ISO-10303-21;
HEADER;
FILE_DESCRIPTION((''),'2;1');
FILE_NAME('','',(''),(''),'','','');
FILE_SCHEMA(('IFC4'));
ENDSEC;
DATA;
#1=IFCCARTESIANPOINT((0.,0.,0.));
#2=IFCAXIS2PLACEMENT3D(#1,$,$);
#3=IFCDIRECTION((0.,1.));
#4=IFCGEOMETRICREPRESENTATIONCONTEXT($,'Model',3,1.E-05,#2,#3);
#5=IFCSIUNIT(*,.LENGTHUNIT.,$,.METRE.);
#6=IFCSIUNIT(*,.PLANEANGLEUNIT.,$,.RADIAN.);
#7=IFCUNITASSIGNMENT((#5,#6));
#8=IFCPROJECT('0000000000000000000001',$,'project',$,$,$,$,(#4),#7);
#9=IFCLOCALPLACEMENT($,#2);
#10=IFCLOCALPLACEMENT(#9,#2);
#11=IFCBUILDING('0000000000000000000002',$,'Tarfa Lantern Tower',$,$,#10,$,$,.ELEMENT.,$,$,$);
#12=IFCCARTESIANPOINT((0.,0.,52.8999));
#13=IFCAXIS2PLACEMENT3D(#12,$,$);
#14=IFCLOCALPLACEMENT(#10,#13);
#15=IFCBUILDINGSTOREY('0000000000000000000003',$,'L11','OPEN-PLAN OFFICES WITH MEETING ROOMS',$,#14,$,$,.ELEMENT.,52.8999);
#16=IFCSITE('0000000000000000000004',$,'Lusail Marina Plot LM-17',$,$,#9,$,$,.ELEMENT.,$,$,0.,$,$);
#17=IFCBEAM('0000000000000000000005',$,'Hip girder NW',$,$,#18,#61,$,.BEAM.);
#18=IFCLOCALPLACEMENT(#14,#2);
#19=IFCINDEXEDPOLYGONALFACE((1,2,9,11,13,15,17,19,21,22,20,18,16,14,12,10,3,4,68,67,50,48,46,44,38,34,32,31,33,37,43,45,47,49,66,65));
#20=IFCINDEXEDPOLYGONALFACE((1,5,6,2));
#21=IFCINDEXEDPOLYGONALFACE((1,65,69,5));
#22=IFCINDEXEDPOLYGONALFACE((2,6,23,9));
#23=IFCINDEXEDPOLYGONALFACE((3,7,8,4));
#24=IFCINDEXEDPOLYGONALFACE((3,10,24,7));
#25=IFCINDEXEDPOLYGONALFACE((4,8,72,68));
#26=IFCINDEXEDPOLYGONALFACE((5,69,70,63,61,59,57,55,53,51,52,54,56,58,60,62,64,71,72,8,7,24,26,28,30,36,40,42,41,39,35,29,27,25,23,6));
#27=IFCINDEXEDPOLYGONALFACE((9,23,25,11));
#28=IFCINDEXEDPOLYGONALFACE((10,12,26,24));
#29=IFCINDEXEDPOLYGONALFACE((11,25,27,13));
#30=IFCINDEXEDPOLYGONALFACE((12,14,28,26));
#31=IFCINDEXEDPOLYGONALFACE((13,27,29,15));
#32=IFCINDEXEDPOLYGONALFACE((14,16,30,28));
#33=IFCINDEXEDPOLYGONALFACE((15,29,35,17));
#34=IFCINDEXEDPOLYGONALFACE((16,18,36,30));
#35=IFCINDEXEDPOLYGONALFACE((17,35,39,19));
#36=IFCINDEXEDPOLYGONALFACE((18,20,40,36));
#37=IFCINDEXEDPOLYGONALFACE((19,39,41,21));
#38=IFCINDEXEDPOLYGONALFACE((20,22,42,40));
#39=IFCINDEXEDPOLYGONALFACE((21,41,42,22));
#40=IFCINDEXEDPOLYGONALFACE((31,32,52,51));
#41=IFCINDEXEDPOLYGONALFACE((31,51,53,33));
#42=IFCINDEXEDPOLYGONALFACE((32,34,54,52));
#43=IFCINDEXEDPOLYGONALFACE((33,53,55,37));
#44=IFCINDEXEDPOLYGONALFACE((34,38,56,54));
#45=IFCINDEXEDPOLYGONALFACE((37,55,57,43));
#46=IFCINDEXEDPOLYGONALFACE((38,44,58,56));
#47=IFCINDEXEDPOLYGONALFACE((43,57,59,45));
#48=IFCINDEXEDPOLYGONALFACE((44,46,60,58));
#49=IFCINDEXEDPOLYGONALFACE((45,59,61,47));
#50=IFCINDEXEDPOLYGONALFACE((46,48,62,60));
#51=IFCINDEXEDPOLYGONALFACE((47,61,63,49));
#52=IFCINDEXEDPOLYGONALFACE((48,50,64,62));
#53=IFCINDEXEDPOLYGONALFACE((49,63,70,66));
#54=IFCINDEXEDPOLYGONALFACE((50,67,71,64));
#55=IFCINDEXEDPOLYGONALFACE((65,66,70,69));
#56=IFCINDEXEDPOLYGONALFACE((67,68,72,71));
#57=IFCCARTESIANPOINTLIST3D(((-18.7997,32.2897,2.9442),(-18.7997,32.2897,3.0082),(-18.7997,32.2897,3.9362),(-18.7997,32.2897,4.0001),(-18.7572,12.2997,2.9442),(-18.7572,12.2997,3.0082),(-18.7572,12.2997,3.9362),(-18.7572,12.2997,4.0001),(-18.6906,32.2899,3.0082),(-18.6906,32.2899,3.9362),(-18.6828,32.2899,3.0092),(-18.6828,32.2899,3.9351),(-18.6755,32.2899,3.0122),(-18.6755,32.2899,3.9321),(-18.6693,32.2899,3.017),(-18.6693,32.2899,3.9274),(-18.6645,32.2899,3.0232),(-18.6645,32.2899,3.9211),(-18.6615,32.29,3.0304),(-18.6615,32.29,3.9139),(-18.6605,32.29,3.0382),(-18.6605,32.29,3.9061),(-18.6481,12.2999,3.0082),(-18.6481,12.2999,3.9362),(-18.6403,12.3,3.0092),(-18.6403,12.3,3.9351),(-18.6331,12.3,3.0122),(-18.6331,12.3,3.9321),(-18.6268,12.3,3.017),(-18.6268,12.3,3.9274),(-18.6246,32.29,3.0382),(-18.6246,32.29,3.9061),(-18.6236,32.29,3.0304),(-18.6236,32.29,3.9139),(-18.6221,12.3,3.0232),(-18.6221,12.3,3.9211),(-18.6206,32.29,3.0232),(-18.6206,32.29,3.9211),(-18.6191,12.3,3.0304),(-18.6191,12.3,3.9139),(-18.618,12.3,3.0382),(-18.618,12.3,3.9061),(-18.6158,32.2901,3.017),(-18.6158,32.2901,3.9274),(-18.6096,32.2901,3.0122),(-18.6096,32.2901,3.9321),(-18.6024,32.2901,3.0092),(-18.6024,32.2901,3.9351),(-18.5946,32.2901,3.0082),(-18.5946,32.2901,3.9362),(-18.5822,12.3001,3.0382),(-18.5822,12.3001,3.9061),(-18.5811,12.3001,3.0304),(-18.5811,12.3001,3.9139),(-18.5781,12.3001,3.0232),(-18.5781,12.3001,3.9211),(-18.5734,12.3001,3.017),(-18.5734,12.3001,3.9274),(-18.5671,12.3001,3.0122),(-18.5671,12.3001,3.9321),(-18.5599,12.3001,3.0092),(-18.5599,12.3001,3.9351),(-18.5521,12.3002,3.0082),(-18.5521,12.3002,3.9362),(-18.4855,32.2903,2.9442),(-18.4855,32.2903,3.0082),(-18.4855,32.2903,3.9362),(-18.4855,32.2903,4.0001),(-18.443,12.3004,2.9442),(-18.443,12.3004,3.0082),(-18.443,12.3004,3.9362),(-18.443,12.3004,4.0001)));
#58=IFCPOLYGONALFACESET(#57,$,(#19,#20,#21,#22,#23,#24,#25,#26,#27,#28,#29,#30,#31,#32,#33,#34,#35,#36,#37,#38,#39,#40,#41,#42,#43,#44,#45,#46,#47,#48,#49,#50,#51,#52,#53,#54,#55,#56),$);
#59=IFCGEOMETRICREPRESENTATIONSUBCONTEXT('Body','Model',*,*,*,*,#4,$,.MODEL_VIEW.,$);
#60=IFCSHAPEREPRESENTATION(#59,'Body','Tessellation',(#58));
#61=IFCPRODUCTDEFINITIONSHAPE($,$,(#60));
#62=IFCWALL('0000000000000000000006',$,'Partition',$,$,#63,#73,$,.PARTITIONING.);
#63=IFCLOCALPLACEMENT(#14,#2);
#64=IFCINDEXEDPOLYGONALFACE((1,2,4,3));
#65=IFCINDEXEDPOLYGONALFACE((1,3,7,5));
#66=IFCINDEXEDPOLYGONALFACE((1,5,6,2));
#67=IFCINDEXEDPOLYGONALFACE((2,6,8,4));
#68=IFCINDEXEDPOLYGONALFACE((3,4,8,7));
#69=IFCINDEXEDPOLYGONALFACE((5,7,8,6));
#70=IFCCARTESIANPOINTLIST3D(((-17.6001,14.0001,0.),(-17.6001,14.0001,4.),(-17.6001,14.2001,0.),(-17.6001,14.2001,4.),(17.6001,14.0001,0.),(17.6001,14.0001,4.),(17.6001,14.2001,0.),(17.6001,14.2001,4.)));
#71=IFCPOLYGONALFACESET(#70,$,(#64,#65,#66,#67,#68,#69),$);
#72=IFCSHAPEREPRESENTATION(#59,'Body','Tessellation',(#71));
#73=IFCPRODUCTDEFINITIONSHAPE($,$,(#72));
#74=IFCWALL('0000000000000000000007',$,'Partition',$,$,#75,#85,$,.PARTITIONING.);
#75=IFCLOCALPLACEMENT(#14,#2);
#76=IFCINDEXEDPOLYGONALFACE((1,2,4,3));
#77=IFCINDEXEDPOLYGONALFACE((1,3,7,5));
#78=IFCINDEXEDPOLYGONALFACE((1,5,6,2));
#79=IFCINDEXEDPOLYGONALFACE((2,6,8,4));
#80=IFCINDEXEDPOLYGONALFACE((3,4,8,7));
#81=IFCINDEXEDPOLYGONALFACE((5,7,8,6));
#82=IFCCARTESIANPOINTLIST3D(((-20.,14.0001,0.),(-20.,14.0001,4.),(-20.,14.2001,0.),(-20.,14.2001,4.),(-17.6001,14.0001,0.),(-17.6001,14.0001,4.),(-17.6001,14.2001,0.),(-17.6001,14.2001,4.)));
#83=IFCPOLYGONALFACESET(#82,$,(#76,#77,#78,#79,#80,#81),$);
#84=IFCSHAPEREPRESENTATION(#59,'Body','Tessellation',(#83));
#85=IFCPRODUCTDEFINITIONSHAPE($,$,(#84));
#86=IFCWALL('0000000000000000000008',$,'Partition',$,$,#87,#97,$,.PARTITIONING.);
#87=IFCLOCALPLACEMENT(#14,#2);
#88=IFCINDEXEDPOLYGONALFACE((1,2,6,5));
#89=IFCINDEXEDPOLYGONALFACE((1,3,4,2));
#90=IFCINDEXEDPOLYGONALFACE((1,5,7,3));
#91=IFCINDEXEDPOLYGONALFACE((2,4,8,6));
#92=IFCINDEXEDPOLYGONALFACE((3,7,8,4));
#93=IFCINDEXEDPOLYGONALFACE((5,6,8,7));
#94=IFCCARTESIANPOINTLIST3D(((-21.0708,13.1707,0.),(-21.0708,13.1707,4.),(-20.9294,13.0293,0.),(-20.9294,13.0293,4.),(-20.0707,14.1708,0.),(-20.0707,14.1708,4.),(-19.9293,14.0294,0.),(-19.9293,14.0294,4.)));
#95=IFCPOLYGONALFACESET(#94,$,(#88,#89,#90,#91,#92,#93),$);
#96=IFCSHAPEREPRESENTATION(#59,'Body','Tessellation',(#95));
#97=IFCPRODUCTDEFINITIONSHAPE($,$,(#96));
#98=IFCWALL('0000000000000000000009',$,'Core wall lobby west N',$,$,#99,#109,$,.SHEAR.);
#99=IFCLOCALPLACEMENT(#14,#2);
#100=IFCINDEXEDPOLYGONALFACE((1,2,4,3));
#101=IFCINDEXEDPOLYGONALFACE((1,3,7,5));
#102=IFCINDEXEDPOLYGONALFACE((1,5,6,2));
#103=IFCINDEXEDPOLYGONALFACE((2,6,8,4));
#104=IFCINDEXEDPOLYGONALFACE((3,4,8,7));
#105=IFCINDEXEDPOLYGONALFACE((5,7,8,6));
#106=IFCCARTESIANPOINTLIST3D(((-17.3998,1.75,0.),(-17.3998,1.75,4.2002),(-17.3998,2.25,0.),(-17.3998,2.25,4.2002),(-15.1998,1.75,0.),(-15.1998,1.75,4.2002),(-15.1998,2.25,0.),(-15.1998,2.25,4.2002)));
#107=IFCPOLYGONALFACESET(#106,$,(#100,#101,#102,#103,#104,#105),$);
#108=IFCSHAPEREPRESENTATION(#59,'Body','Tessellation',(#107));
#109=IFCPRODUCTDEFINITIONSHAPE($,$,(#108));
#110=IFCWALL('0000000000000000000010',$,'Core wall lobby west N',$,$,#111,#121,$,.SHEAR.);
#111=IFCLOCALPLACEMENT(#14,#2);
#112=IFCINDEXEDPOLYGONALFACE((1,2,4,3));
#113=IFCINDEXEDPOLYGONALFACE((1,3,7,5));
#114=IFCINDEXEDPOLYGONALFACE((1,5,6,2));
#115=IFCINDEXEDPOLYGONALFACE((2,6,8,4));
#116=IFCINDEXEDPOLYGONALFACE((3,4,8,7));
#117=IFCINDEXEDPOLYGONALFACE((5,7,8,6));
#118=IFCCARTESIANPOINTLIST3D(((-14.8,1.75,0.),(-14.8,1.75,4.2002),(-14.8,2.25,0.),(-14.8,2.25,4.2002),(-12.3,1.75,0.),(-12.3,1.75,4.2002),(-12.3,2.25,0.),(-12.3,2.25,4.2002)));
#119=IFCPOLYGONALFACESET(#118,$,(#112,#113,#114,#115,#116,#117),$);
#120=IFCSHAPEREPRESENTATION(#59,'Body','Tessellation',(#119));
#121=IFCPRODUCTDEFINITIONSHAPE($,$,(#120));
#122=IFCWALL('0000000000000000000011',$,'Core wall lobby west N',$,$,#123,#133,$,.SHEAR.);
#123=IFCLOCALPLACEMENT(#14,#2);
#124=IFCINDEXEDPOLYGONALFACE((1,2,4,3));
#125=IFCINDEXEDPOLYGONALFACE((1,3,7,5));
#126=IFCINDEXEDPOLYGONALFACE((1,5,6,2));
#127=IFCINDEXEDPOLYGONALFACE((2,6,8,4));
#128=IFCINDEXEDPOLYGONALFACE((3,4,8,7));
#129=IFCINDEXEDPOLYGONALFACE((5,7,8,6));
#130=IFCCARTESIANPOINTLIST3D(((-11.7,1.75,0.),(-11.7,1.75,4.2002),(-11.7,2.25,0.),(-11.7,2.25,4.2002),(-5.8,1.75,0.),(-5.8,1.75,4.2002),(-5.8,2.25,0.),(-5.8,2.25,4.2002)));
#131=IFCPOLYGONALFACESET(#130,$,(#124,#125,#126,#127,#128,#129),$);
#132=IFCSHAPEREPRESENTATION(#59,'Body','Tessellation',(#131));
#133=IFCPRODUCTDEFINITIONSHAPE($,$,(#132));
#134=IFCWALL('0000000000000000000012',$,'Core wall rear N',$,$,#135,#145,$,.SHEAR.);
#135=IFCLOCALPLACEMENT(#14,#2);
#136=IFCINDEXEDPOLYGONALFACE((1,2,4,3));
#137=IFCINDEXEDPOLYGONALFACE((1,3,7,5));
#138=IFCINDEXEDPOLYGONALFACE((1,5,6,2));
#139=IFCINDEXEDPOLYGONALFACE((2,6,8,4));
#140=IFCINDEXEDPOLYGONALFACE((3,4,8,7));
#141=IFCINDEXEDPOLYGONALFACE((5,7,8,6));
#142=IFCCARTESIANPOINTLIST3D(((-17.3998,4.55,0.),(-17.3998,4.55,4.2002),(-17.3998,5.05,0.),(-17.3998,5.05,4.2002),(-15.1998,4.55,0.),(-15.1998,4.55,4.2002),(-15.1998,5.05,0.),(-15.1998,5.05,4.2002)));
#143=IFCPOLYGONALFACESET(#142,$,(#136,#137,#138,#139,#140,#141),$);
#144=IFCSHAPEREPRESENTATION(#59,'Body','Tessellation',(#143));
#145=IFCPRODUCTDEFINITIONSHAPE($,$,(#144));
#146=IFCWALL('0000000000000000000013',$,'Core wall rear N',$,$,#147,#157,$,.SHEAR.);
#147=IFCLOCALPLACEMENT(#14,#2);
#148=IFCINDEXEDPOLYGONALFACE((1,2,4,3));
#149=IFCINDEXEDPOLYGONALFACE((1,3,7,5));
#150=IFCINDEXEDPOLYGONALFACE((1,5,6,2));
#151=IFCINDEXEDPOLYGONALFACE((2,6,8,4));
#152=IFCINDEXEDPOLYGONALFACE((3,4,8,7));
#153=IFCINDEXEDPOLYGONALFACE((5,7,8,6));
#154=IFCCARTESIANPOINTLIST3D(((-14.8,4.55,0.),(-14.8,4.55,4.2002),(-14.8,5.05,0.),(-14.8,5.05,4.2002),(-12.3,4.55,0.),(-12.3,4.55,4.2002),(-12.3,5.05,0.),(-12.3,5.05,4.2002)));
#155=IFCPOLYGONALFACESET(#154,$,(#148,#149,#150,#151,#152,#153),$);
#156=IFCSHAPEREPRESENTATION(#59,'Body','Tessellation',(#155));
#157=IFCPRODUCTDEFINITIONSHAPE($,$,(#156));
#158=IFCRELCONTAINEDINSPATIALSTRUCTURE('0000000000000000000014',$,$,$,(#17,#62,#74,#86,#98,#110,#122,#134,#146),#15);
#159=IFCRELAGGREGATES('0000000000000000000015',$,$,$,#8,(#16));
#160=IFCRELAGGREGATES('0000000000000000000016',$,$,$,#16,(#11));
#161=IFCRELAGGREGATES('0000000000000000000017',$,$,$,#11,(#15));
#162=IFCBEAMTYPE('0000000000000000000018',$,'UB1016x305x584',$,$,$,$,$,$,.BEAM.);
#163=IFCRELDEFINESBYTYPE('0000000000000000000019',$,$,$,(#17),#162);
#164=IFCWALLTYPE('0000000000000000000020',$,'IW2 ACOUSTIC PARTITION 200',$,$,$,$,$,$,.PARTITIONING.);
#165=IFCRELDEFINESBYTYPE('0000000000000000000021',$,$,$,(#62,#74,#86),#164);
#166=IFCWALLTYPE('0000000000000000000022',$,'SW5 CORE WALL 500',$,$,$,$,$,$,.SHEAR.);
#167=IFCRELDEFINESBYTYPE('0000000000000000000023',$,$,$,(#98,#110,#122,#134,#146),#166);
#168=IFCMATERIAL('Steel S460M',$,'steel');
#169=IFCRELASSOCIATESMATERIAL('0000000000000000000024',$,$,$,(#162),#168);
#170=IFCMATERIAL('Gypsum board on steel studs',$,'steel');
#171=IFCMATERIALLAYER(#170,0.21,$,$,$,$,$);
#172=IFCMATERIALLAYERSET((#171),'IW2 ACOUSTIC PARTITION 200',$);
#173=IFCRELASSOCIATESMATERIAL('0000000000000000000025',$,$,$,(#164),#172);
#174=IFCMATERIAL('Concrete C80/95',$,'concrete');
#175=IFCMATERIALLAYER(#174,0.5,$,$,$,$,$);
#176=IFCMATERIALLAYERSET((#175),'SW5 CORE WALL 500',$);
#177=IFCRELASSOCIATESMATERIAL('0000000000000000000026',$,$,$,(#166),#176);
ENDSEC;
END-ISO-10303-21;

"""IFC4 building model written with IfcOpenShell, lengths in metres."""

from ifc_helpers import new_model, si_unit, direction, frame, frame_2d, origin, origin_2d, place, context, subcontext, project, spatial, rectangle, i_section, extrude, material, layer, layer_set, material_profile, profile_set, type_object, element, save


model = new_model("IFC4")

# Units and contexts
model_context = context("Model", 3, precision=1e-05, world=origin(), true_north=direction((0.0, 1.0)))
body_context = subcontext(model_context, "Body", "Model", "MODEL_VIEW")
ifc_project = project(units=[si_unit("LENGTHUNIT", "METRE"), si_unit("PLANEANGLEUNIT", "RADIAN")], contexts=[model_context])

# Site, building, storey
site_placement = place(None, origin())
site = spatial("IfcSite", under=ifc_project, at=site_placement, Name="Lusail Marina Plot LM-17", CompositionType="ELEMENT", RefElevation=0.0)
building_placement = place(site_placement, origin())
building = spatial("IfcBuilding", under=site, at=building_placement, Name="Tarfa Lantern Tower", CompositionType="ELEMENT")
storey_placement = place(building_placement, frame((0.0, 0.0, 52.8999)))
storey = spatial("IfcBuildingStorey", under=building, at=storey_placement, Name="L11", Description="OPEN-PLAN OFFICES WITH MEETING ROOMS", CompositionType="ELEMENT", Elevation=52.8999)

# Beam
ifc_material_1 = material(Name="Steel S460M", Category="steel")
ifc_material_profile = material_profile(ifc_material_1, i_section(OverallWidth=0.3142, OverallDepth=1.0559, WebThickness=0.0359, FlangeThickness=0.064, FilletRadius=0.03, at=origin_2d()), Name="UB1016x305x584")
ifc_profile_set = profile_set([ifc_material_profile], Name="Steel S460M")
beam_type = type_object("IfcBeamType", Name="UB1016x305x584", PredefinedType="BEAM", material=ifc_profile_set)
beam_placement = place(storey_placement, frame((-18.6001, 12.3, 3.4722), z_axis=(-0.002125, 0.999998, 0.0), x_axis=(-0.999998, -0.002125, 0.0)))
element("IfcBeam", 1, at=beam_placement, inside=storey, type_object=beam_type, Name="Hip girder NW", PredefinedType="BEAM", context=body_context, shape_type="SweptSolid", body=[
    extrude(i_section(OverallWidth=0.3142, OverallDepth=1.0559, WebThickness=0.0359, FlangeThickness=0.064, FilletRadius=0.03, at=origin_2d()), origin(), (0.0, 0.0, 1.0), 19.99),
])

# Walls
ifc_material_2 = material(Name="Gypsum board on steel studs", Category="steel")
ifc_layer_1 = layer(ifc_material_2, 0.21)
ifc_layer_set_1 = layer_set([ifc_layer_1], Name="IW2 ACOUSTIC PARTITION 200")
wall_type_1 = type_object("IfcWallType", Name="IW2 ACOUSTIC PARTITION 200", PredefinedType="PARTITIONING", material=ifc_layer_set_1)
wall_1_placement = place(storey_placement, frame((-17.6001, 14.1001, 0.0), z_axis=(0.0, 0.0, 1.0), x_axis=(1.0, 0.0, 0.0)))
element("IfcWall", 2, at=wall_1_placement, inside=storey, type_object=wall_type_1, Name="Partition", PredefinedType="PARTITIONING", context=body_context, shape_type="SweptSolid", body=[
    extrude(rectangle(XDim=35.2002, YDim=0.2, at=frame_2d((17.6001, 0.0))), origin(), (0.0, 0.0, 1.0), 4.0),
])
wall_2_placement = place(storey_placement, frame((-20.0, 14.1001, 0.0), z_axis=(0.0, 0.0, 1.0), x_axis=(1.0, 0.0, 0.0)))
element("IfcWall", 3, at=wall_2_placement, inside=storey, type_object=wall_type_1, Name="Partition", PredefinedType="PARTITIONING", context=body_context, shape_type="SweptSolid", body=[
    extrude(rectangle(XDim=2.3999, YDim=0.2, at=frame_2d((1.2, 0.0))), origin(), (0.0, 0.0, 1.0), 4.0),
])
wall_3_placement = place(storey_placement, frame((-21.0, 13.1001, 0.0), z_axis=(0.0, 0.0, 1.0), x_axis=(0.707107, 0.707107, 0.0)))
element("IfcWall", 4, at=wall_3_placement, inside=storey, type_object=wall_type_1, Name="Partition", PredefinedType="PARTITIONING", context=body_context, shape_type="SweptSolid", body=[
    extrude(rectangle(XDim=1.4143, YDim=0.2, at=frame_2d((0.707, 0.0))), origin(), (0.0, 0.0, 1.0), 4.0),
])

# Shared definitions
ifc_material_3 = material(Name="Concrete C80/95", Category="concrete")

# Walls
ifc_layer_2 = layer(ifc_material_3, 0.5)
ifc_layer_set_2 = layer_set([ifc_layer_2], Name="SW5 CORE WALL 500")
wall_type_2 = type_object("IfcWallType", Name="SW5 CORE WALL 500", PredefinedType="SHEAR", material=ifc_layer_set_2)
wall_4_placement = place(storey_placement, frame((-17.3999, 2.0, 0.0), z_axis=(0.0, 0.0, 1.0), x_axis=(1.0, 0.0, 0.0)))
element("IfcWall", 5, at=wall_4_placement, inside=storey, type_object=wall_type_2, Name="Core wall lobby west N", PredefinedType="SHEAR", context=body_context, shape_type="SweptSolid", body=[
    extrude(rectangle(XDim=2.2, YDim=0.5, at=frame_2d((1.1001, 0.0))), origin(), (0.0, 0.0, 1.0), 4.2002),
])
wall_5_placement = place(storey_placement, frame((-14.8, 2.0, 0.0), z_axis=(0.0, 0.0, 1.0), x_axis=(1.0, 0.0, 0.0)))
element("IfcWall", 6, at=wall_5_placement, inside=storey, type_object=wall_type_2, Name="Core wall lobby west N", PredefinedType="SHEAR", context=body_context, shape_type="SweptSolid", body=[
    extrude(rectangle(XDim=2.5, YDim=0.5, at=frame_2d((1.25, 0.0))), origin(), (0.0, 0.0, 1.0), 4.2002),
])
wall_6_placement = place(storey_placement, frame((-11.7, 2.0, 0.0), z_axis=(0.0, 0.0, 1.0), x_axis=(1.0, 0.0, 0.0)))
element("IfcWall", 7, at=wall_6_placement, inside=storey, type_object=wall_type_2, Name="Core wall lobby west N", PredefinedType="SHEAR", context=body_context, shape_type="SweptSolid", body=[
    extrude(rectangle(XDim=5.8999, YDim=0.5, at=frame_2d((2.95, 0.0))), origin(), (0.0, 0.0, 1.0), 4.2002),
])
wall_7_placement = place(storey_placement, frame((-17.3999, 4.8, 0.0), z_axis=(0.0, 0.0, 1.0), x_axis=(1.0, 0.0, 0.0)))
element("IfcWall", 8, at=wall_7_placement, inside=storey, type_object=wall_type_2, Name="Core wall rear N", PredefinedType="SHEAR", context=body_context, shape_type="SweptSolid", body=[
    extrude(rectangle(XDim=2.2, YDim=0.5, at=frame_2d((1.1001, 0.0))), origin(), (0.0, 0.0, 1.0), 4.2002),
])
wall_8_placement = place(storey_placement, frame((-14.8, 4.8, 0.0), z_axis=(0.0, 0.0, 1.0), x_axis=(1.0, 0.0, 0.0)))
element("IfcWall", 9, at=wall_8_placement, inside=storey, type_object=wall_type_2, Name="Core wall rear N", PredefinedType="SHEAR", context=body_context, shape_type="SweptSolid", body=[
    extrude(rectangle(XDim=2.5, YDim=0.5, at=frame_2d((1.25, 0.0))), origin(), (0.0, 0.0, 1.0), 4.2002),
])

save(model, "model.ifc")
